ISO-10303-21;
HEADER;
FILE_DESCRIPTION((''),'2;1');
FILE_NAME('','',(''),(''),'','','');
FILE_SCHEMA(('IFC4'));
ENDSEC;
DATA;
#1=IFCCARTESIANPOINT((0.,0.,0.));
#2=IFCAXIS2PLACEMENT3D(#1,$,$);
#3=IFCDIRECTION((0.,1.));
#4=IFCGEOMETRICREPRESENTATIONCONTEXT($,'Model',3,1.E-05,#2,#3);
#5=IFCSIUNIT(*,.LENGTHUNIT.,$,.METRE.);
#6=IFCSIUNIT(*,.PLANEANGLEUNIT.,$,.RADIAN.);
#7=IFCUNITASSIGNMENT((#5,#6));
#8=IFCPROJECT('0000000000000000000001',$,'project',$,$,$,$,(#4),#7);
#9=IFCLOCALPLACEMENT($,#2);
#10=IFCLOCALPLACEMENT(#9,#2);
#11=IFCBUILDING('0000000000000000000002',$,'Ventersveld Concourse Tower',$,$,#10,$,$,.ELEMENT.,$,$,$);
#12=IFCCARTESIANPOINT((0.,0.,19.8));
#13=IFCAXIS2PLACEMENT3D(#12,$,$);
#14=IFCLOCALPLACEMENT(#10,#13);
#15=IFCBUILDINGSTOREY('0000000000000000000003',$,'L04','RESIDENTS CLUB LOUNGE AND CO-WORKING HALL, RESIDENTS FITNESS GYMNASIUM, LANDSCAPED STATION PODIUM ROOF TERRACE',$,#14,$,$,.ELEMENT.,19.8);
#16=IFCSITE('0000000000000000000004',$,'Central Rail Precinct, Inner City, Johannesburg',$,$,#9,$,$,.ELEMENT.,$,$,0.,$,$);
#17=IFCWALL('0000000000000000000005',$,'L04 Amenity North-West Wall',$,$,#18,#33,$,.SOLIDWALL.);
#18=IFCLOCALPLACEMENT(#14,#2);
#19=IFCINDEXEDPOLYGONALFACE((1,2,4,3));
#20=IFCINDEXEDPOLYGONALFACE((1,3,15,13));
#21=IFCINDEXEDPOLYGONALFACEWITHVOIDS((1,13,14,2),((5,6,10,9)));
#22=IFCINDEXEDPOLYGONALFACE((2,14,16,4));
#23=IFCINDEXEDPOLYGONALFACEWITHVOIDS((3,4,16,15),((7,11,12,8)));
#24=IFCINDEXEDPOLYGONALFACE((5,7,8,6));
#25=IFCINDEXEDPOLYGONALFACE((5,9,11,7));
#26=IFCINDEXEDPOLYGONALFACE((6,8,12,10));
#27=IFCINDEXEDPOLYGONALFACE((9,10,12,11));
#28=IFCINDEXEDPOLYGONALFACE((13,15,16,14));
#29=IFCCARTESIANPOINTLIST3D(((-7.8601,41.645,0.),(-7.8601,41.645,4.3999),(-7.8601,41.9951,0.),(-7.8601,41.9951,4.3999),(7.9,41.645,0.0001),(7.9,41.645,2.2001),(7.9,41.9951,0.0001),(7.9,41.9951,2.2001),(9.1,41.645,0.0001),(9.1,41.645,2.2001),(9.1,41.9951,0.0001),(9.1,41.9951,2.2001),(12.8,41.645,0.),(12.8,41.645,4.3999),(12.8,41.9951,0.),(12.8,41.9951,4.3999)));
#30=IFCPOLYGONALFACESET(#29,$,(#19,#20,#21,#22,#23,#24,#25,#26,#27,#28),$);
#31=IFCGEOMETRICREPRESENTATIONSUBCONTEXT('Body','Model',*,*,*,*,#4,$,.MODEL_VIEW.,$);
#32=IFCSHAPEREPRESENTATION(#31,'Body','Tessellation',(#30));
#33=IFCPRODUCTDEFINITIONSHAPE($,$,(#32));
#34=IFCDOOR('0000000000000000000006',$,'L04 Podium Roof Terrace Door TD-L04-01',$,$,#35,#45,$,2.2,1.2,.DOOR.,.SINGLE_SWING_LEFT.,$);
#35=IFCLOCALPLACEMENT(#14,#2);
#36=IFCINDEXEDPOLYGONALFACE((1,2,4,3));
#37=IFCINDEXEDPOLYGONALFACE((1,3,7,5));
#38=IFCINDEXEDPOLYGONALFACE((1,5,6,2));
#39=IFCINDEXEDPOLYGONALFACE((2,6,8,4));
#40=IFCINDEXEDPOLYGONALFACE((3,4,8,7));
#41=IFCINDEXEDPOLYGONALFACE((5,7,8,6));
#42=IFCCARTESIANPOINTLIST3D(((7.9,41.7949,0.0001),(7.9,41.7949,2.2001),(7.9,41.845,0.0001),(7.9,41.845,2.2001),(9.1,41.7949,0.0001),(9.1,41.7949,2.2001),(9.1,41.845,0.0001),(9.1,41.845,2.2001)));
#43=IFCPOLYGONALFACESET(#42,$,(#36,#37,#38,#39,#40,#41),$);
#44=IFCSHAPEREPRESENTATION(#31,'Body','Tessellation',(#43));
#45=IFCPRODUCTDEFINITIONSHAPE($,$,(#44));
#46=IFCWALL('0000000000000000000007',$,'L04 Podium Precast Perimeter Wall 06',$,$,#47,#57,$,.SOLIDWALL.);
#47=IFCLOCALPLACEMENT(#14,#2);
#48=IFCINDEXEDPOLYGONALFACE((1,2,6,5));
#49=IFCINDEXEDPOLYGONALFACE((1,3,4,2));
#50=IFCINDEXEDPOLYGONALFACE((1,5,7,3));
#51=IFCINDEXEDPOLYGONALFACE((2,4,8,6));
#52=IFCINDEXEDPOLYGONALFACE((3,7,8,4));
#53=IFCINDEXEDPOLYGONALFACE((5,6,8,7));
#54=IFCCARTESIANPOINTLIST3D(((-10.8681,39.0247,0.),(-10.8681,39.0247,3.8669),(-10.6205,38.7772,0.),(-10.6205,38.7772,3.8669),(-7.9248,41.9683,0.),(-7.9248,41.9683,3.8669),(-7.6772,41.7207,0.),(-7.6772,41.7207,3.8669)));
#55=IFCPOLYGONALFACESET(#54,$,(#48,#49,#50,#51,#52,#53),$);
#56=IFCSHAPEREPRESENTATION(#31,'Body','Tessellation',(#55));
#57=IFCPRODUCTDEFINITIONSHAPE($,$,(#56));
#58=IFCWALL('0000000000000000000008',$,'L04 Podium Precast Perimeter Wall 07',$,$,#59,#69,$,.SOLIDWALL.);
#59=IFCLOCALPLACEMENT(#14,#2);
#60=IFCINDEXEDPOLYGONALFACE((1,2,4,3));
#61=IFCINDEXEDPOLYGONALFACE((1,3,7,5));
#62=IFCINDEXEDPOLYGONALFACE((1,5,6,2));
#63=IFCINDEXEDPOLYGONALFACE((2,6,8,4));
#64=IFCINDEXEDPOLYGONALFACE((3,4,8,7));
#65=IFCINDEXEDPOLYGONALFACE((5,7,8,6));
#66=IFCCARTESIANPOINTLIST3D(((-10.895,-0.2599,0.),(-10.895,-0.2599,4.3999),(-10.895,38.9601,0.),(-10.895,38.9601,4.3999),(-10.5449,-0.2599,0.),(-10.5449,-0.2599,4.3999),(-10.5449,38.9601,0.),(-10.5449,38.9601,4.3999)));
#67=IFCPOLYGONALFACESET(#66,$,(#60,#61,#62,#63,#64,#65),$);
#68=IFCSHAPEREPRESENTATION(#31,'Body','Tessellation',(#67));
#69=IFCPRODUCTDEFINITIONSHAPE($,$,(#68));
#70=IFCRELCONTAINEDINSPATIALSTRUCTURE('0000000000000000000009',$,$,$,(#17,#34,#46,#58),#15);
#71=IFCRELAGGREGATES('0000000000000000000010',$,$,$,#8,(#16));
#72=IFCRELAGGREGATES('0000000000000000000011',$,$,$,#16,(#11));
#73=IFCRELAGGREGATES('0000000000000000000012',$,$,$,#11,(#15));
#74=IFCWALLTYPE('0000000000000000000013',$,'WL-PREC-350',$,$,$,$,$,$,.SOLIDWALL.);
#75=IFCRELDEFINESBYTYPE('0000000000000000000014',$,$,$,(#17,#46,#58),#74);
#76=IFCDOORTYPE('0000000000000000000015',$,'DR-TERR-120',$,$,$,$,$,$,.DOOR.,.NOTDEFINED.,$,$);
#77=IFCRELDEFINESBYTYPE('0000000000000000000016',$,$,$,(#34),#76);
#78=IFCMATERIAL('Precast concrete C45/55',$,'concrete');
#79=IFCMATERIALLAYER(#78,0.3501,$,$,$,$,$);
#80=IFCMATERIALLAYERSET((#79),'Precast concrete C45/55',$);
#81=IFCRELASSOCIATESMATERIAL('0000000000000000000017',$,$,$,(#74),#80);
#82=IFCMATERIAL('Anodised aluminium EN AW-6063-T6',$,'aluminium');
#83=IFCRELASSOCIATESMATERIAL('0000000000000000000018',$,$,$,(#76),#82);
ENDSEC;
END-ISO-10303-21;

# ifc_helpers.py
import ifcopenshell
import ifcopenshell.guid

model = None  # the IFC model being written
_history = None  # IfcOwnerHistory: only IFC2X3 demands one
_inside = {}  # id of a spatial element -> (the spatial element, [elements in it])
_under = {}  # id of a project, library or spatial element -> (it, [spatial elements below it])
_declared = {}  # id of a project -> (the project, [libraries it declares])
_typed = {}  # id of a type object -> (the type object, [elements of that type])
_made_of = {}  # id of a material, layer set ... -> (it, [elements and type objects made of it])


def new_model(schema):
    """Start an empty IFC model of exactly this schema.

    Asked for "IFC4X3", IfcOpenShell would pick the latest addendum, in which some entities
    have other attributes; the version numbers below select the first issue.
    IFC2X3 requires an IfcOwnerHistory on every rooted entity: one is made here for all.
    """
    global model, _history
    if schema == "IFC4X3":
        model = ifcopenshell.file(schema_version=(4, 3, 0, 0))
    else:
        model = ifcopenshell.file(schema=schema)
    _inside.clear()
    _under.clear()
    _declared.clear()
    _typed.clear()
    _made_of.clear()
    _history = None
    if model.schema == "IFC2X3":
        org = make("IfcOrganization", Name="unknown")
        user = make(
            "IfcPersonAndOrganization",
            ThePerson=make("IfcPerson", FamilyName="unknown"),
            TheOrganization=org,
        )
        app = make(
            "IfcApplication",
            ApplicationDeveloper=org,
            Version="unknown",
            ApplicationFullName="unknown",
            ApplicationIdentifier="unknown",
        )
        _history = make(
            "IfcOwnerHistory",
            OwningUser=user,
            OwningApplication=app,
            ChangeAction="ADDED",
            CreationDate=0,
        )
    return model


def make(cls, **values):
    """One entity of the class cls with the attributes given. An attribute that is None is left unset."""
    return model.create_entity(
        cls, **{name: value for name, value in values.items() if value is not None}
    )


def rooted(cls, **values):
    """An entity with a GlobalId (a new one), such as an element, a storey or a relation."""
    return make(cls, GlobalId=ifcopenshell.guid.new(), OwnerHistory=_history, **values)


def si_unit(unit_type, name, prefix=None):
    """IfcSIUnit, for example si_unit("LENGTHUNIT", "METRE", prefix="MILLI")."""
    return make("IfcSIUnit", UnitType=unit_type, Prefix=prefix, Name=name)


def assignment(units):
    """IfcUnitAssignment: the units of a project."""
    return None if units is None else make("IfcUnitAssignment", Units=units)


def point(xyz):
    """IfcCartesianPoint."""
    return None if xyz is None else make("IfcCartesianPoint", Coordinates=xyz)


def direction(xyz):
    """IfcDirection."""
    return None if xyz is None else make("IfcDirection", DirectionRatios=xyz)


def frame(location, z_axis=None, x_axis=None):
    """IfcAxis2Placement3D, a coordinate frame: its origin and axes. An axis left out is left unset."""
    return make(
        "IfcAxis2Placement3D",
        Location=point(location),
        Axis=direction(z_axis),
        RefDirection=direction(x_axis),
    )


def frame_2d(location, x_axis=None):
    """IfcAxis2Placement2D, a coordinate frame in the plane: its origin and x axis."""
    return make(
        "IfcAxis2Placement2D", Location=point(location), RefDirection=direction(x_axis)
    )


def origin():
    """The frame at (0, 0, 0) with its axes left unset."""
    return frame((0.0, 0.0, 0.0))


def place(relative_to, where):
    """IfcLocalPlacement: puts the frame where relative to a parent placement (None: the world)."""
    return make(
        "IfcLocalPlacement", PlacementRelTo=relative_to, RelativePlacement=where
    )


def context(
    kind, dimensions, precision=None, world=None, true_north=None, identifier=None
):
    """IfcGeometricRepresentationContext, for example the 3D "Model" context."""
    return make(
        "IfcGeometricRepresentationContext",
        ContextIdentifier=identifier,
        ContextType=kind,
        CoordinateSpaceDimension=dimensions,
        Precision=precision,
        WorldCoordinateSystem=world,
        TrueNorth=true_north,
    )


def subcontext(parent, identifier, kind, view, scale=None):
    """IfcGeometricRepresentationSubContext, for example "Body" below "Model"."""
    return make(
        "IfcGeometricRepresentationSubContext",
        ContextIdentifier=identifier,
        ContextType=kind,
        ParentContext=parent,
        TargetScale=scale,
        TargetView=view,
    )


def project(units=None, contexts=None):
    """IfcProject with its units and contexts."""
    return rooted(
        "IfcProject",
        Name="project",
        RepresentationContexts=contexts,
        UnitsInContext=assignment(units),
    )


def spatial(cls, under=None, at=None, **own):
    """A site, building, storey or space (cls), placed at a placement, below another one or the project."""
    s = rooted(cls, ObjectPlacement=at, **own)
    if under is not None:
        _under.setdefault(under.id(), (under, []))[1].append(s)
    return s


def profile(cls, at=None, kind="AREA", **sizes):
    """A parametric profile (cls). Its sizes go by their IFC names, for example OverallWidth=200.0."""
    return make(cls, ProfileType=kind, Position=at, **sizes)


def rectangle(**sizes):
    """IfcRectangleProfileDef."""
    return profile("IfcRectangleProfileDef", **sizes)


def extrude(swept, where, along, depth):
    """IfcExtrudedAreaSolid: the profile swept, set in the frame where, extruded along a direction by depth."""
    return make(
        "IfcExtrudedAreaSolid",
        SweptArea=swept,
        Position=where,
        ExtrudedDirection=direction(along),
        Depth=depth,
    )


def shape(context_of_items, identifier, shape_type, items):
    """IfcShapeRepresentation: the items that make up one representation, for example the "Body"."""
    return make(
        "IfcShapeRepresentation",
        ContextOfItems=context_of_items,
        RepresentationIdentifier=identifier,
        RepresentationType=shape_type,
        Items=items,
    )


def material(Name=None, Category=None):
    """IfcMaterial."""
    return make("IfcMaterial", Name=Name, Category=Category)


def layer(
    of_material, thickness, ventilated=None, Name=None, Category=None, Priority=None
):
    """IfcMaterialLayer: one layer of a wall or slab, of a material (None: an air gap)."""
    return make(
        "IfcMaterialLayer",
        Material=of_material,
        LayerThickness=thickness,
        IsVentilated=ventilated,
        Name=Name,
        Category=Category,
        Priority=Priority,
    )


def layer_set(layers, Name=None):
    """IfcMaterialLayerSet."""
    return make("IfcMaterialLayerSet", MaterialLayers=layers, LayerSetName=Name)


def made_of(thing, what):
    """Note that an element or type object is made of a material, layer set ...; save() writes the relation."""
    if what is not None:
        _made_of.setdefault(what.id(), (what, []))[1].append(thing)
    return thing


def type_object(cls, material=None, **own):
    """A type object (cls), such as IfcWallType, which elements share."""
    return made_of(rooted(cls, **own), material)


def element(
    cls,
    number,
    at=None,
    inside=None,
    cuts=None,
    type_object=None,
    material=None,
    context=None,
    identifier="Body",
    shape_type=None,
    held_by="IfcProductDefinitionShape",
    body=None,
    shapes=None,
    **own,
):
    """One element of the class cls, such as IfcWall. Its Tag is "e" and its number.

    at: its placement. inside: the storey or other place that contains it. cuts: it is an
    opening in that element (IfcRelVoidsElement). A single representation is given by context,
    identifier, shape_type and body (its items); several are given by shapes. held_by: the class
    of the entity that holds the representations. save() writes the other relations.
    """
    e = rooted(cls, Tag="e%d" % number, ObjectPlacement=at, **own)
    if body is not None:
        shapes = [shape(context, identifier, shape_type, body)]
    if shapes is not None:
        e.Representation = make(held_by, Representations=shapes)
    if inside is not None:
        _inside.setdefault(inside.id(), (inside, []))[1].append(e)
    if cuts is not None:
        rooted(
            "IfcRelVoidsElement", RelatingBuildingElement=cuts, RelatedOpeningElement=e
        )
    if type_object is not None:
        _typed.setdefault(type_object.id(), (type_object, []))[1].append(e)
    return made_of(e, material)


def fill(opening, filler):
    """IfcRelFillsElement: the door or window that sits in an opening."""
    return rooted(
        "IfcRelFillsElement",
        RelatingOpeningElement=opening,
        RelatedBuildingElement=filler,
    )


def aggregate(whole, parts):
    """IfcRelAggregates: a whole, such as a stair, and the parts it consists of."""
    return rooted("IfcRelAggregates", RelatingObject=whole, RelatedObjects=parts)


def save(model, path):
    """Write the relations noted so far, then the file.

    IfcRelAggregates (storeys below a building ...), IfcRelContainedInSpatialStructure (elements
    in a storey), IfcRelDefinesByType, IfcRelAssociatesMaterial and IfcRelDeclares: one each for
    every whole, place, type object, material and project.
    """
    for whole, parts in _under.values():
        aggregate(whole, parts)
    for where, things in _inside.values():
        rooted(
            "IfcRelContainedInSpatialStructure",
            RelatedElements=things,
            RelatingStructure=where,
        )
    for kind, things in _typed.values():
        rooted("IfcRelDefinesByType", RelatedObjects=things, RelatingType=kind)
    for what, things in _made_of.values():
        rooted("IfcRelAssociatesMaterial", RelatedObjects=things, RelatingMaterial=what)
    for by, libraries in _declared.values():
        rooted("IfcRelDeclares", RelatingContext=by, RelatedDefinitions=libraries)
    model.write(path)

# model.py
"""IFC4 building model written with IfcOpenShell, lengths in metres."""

from ifc_helpers import new_model, si_unit, direction, frame, frame_2d, origin, place, context, subcontext, project, spatial, rectangle, extrude, material, layer, layer_set, type_object, element, fill, save


model = new_model("IFC4")

# Units and contexts
model_context = context("Model", 3, precision=1e-05, world=origin(), true_north=direction((0.0, 1.0)))
body_context = subcontext(model_context, "Body", "Model", "MODEL_VIEW")
ifc_project = project(units=[si_unit("LENGTHUNIT", "METRE"), si_unit("PLANEANGLEUNIT", "RADIAN")], contexts=[model_context])

# Site, building, storey
site_placement = place(None, origin())
site = spatial("IfcSite", under=ifc_project, at=site_placement, Name="Central Rail Precinct, Inner City, Johannesburg", CompositionType="ELEMENT", RefElevation=0.0)
building_placement = place(site_placement, origin())
building = spatial("IfcBuilding", under=site, at=building_placement, Name="Ventersveld Concourse Tower", CompositionType="ELEMENT")
storey_placement = place(building_placement, frame((0.0, 0.0, 19.8)))
storey = spatial("IfcBuildingStorey", under=building, at=storey_placement, Name="L04", Description="RESIDENTS CLUB LOUNGE AND CO-WORKING HALL, RESIDENTS FITNESS GYMNASIUM, LANDSCAPED STATION PODIUM ROOF TERRACE", CompositionType="ELEMENT", Elevation=19.8)

# Shared definitions
ifc_material_1 = material(Name="Precast concrete C45/55", Category="concrete")
ifc_layer_1 = layer(ifc_material_1, 0.3501)
ifc_layer_set_1 = layer_set([ifc_layer_1], Name="Precast concrete C45/55")
wall_type_1 = type_object("IfcWallType", Name="WL-PREC-350", PredefinedType="SOLIDWALL", material=ifc_layer_set_1)

# Wall, opening, door
wall_1_placement = place(storey_placement, frame((-7.8601, 41.8201, 0.0), z_axis=(0.0, 0.0, 1.0), x_axis=(1.0, 0.0, 0.0)))
wall_1 = element("IfcWall", 1, at=wall_1_placement, inside=storey, type_object=wall_type_1, Name="L04 Amenity North-West Wall", PredefinedType="SOLIDWALL", context=body_context, shape_type="SweptSolid", body=[
    extrude(rectangle(XDim=20.6602, YDim=0.3501, at=frame_2d((10.3301, 0.0))), origin(), (0.0, 0.0, 1.0), 4.3999),
])
opening_placement = place(wall_1_placement, frame((15.76, 0.0, 0.0)))
opening = element("IfcOpeningElement", 2, at=opening_placement, cuts=wall_1, PredefinedType="OPENING", context=body_context, shape_type="SweptSolid", body=[
    extrude(rectangle(XDim=1.2, YDim=2.2, at=frame_2d((0.6001, 1.1001))), frame((0.0, 0.1851, 0.0), z_axis=(0.0, -1.0, 0.0), x_axis=(1.0, 0.0, 0.0)), (0.0, 0.0, 1.0), 0.3701),
])
ifc_material_2 = material(Name="Anodised aluminium EN AW-6063-T6", Category="aluminium")
door_type = type_object("IfcDoorType", Name="DR-TERR-120", OperationType="NOTDEFINED", PredefinedType="DOOR", material=ifc_material_2)
door_placement = place(opening_placement, origin())
door = element("IfcDoor", 3, at=door_placement, inside=storey, type_object=door_type, Name="L04 Podium Roof Terrace Door TD-L04-01", OperationType="SINGLE_SWING_LEFT", OverallHeight=2.2, OverallWidth=1.2, PredefinedType="DOOR", context=body_context, shape_type="SweptSolid", body=[
    extrude(rectangle(XDim=1.2, YDim=2.2, at=frame_2d((0.6001, 1.1001))), frame((0.0, 0.0249, 0.0), z_axis=(0.0, -1.0, 0.0), x_axis=(1.0, 0.0, 0.0)), (0.0, 0.0, 1.0), 0.05),
])
fill(opening, door)

# Walls
wall_2_placement = place(storey_placement, frame((-7.801, 41.8445, 0.0), z_axis=(0.0, 0.0, 1.0), x_axis=(-0.707077, -0.707136, 0.0)))
element("IfcWall", 4, at=wall_2_placement, inside=storey, type_object=wall_type_1, Name="L04 Podium Precast Perimeter Wall 06", PredefinedType="SOLIDWALL", context=body_context, shape_type="SweptSolid", body=[
    extrude(rectangle(XDim=4.1626, YDim=0.3501, at=frame_2d((2.0813, 0.0))), origin(), (0.0, 0.0, 1.0), 3.8669),
])
wall_3_placement = place(storey_placement, frame((-10.72, 38.96, 0.0), z_axis=(0.0, 0.0, 1.0), x_axis=(0.0, -1.0, 0.0)))
element("IfcWall", 5, at=wall_3_placement, inside=storey, type_object=wall_type_1, Name="L04 Podium Precast Perimeter Wall 07", PredefinedType="SOLIDWALL", context=body_context, shape_type="SweptSolid", body=[
    extrude(rectangle(XDim=39.22, YDim=0.3501, at=frame_2d((19.6099, 0.0))), origin(), (0.0, 0.0, 1.0), 4.3999),
])

save(model, "model.ifc")
